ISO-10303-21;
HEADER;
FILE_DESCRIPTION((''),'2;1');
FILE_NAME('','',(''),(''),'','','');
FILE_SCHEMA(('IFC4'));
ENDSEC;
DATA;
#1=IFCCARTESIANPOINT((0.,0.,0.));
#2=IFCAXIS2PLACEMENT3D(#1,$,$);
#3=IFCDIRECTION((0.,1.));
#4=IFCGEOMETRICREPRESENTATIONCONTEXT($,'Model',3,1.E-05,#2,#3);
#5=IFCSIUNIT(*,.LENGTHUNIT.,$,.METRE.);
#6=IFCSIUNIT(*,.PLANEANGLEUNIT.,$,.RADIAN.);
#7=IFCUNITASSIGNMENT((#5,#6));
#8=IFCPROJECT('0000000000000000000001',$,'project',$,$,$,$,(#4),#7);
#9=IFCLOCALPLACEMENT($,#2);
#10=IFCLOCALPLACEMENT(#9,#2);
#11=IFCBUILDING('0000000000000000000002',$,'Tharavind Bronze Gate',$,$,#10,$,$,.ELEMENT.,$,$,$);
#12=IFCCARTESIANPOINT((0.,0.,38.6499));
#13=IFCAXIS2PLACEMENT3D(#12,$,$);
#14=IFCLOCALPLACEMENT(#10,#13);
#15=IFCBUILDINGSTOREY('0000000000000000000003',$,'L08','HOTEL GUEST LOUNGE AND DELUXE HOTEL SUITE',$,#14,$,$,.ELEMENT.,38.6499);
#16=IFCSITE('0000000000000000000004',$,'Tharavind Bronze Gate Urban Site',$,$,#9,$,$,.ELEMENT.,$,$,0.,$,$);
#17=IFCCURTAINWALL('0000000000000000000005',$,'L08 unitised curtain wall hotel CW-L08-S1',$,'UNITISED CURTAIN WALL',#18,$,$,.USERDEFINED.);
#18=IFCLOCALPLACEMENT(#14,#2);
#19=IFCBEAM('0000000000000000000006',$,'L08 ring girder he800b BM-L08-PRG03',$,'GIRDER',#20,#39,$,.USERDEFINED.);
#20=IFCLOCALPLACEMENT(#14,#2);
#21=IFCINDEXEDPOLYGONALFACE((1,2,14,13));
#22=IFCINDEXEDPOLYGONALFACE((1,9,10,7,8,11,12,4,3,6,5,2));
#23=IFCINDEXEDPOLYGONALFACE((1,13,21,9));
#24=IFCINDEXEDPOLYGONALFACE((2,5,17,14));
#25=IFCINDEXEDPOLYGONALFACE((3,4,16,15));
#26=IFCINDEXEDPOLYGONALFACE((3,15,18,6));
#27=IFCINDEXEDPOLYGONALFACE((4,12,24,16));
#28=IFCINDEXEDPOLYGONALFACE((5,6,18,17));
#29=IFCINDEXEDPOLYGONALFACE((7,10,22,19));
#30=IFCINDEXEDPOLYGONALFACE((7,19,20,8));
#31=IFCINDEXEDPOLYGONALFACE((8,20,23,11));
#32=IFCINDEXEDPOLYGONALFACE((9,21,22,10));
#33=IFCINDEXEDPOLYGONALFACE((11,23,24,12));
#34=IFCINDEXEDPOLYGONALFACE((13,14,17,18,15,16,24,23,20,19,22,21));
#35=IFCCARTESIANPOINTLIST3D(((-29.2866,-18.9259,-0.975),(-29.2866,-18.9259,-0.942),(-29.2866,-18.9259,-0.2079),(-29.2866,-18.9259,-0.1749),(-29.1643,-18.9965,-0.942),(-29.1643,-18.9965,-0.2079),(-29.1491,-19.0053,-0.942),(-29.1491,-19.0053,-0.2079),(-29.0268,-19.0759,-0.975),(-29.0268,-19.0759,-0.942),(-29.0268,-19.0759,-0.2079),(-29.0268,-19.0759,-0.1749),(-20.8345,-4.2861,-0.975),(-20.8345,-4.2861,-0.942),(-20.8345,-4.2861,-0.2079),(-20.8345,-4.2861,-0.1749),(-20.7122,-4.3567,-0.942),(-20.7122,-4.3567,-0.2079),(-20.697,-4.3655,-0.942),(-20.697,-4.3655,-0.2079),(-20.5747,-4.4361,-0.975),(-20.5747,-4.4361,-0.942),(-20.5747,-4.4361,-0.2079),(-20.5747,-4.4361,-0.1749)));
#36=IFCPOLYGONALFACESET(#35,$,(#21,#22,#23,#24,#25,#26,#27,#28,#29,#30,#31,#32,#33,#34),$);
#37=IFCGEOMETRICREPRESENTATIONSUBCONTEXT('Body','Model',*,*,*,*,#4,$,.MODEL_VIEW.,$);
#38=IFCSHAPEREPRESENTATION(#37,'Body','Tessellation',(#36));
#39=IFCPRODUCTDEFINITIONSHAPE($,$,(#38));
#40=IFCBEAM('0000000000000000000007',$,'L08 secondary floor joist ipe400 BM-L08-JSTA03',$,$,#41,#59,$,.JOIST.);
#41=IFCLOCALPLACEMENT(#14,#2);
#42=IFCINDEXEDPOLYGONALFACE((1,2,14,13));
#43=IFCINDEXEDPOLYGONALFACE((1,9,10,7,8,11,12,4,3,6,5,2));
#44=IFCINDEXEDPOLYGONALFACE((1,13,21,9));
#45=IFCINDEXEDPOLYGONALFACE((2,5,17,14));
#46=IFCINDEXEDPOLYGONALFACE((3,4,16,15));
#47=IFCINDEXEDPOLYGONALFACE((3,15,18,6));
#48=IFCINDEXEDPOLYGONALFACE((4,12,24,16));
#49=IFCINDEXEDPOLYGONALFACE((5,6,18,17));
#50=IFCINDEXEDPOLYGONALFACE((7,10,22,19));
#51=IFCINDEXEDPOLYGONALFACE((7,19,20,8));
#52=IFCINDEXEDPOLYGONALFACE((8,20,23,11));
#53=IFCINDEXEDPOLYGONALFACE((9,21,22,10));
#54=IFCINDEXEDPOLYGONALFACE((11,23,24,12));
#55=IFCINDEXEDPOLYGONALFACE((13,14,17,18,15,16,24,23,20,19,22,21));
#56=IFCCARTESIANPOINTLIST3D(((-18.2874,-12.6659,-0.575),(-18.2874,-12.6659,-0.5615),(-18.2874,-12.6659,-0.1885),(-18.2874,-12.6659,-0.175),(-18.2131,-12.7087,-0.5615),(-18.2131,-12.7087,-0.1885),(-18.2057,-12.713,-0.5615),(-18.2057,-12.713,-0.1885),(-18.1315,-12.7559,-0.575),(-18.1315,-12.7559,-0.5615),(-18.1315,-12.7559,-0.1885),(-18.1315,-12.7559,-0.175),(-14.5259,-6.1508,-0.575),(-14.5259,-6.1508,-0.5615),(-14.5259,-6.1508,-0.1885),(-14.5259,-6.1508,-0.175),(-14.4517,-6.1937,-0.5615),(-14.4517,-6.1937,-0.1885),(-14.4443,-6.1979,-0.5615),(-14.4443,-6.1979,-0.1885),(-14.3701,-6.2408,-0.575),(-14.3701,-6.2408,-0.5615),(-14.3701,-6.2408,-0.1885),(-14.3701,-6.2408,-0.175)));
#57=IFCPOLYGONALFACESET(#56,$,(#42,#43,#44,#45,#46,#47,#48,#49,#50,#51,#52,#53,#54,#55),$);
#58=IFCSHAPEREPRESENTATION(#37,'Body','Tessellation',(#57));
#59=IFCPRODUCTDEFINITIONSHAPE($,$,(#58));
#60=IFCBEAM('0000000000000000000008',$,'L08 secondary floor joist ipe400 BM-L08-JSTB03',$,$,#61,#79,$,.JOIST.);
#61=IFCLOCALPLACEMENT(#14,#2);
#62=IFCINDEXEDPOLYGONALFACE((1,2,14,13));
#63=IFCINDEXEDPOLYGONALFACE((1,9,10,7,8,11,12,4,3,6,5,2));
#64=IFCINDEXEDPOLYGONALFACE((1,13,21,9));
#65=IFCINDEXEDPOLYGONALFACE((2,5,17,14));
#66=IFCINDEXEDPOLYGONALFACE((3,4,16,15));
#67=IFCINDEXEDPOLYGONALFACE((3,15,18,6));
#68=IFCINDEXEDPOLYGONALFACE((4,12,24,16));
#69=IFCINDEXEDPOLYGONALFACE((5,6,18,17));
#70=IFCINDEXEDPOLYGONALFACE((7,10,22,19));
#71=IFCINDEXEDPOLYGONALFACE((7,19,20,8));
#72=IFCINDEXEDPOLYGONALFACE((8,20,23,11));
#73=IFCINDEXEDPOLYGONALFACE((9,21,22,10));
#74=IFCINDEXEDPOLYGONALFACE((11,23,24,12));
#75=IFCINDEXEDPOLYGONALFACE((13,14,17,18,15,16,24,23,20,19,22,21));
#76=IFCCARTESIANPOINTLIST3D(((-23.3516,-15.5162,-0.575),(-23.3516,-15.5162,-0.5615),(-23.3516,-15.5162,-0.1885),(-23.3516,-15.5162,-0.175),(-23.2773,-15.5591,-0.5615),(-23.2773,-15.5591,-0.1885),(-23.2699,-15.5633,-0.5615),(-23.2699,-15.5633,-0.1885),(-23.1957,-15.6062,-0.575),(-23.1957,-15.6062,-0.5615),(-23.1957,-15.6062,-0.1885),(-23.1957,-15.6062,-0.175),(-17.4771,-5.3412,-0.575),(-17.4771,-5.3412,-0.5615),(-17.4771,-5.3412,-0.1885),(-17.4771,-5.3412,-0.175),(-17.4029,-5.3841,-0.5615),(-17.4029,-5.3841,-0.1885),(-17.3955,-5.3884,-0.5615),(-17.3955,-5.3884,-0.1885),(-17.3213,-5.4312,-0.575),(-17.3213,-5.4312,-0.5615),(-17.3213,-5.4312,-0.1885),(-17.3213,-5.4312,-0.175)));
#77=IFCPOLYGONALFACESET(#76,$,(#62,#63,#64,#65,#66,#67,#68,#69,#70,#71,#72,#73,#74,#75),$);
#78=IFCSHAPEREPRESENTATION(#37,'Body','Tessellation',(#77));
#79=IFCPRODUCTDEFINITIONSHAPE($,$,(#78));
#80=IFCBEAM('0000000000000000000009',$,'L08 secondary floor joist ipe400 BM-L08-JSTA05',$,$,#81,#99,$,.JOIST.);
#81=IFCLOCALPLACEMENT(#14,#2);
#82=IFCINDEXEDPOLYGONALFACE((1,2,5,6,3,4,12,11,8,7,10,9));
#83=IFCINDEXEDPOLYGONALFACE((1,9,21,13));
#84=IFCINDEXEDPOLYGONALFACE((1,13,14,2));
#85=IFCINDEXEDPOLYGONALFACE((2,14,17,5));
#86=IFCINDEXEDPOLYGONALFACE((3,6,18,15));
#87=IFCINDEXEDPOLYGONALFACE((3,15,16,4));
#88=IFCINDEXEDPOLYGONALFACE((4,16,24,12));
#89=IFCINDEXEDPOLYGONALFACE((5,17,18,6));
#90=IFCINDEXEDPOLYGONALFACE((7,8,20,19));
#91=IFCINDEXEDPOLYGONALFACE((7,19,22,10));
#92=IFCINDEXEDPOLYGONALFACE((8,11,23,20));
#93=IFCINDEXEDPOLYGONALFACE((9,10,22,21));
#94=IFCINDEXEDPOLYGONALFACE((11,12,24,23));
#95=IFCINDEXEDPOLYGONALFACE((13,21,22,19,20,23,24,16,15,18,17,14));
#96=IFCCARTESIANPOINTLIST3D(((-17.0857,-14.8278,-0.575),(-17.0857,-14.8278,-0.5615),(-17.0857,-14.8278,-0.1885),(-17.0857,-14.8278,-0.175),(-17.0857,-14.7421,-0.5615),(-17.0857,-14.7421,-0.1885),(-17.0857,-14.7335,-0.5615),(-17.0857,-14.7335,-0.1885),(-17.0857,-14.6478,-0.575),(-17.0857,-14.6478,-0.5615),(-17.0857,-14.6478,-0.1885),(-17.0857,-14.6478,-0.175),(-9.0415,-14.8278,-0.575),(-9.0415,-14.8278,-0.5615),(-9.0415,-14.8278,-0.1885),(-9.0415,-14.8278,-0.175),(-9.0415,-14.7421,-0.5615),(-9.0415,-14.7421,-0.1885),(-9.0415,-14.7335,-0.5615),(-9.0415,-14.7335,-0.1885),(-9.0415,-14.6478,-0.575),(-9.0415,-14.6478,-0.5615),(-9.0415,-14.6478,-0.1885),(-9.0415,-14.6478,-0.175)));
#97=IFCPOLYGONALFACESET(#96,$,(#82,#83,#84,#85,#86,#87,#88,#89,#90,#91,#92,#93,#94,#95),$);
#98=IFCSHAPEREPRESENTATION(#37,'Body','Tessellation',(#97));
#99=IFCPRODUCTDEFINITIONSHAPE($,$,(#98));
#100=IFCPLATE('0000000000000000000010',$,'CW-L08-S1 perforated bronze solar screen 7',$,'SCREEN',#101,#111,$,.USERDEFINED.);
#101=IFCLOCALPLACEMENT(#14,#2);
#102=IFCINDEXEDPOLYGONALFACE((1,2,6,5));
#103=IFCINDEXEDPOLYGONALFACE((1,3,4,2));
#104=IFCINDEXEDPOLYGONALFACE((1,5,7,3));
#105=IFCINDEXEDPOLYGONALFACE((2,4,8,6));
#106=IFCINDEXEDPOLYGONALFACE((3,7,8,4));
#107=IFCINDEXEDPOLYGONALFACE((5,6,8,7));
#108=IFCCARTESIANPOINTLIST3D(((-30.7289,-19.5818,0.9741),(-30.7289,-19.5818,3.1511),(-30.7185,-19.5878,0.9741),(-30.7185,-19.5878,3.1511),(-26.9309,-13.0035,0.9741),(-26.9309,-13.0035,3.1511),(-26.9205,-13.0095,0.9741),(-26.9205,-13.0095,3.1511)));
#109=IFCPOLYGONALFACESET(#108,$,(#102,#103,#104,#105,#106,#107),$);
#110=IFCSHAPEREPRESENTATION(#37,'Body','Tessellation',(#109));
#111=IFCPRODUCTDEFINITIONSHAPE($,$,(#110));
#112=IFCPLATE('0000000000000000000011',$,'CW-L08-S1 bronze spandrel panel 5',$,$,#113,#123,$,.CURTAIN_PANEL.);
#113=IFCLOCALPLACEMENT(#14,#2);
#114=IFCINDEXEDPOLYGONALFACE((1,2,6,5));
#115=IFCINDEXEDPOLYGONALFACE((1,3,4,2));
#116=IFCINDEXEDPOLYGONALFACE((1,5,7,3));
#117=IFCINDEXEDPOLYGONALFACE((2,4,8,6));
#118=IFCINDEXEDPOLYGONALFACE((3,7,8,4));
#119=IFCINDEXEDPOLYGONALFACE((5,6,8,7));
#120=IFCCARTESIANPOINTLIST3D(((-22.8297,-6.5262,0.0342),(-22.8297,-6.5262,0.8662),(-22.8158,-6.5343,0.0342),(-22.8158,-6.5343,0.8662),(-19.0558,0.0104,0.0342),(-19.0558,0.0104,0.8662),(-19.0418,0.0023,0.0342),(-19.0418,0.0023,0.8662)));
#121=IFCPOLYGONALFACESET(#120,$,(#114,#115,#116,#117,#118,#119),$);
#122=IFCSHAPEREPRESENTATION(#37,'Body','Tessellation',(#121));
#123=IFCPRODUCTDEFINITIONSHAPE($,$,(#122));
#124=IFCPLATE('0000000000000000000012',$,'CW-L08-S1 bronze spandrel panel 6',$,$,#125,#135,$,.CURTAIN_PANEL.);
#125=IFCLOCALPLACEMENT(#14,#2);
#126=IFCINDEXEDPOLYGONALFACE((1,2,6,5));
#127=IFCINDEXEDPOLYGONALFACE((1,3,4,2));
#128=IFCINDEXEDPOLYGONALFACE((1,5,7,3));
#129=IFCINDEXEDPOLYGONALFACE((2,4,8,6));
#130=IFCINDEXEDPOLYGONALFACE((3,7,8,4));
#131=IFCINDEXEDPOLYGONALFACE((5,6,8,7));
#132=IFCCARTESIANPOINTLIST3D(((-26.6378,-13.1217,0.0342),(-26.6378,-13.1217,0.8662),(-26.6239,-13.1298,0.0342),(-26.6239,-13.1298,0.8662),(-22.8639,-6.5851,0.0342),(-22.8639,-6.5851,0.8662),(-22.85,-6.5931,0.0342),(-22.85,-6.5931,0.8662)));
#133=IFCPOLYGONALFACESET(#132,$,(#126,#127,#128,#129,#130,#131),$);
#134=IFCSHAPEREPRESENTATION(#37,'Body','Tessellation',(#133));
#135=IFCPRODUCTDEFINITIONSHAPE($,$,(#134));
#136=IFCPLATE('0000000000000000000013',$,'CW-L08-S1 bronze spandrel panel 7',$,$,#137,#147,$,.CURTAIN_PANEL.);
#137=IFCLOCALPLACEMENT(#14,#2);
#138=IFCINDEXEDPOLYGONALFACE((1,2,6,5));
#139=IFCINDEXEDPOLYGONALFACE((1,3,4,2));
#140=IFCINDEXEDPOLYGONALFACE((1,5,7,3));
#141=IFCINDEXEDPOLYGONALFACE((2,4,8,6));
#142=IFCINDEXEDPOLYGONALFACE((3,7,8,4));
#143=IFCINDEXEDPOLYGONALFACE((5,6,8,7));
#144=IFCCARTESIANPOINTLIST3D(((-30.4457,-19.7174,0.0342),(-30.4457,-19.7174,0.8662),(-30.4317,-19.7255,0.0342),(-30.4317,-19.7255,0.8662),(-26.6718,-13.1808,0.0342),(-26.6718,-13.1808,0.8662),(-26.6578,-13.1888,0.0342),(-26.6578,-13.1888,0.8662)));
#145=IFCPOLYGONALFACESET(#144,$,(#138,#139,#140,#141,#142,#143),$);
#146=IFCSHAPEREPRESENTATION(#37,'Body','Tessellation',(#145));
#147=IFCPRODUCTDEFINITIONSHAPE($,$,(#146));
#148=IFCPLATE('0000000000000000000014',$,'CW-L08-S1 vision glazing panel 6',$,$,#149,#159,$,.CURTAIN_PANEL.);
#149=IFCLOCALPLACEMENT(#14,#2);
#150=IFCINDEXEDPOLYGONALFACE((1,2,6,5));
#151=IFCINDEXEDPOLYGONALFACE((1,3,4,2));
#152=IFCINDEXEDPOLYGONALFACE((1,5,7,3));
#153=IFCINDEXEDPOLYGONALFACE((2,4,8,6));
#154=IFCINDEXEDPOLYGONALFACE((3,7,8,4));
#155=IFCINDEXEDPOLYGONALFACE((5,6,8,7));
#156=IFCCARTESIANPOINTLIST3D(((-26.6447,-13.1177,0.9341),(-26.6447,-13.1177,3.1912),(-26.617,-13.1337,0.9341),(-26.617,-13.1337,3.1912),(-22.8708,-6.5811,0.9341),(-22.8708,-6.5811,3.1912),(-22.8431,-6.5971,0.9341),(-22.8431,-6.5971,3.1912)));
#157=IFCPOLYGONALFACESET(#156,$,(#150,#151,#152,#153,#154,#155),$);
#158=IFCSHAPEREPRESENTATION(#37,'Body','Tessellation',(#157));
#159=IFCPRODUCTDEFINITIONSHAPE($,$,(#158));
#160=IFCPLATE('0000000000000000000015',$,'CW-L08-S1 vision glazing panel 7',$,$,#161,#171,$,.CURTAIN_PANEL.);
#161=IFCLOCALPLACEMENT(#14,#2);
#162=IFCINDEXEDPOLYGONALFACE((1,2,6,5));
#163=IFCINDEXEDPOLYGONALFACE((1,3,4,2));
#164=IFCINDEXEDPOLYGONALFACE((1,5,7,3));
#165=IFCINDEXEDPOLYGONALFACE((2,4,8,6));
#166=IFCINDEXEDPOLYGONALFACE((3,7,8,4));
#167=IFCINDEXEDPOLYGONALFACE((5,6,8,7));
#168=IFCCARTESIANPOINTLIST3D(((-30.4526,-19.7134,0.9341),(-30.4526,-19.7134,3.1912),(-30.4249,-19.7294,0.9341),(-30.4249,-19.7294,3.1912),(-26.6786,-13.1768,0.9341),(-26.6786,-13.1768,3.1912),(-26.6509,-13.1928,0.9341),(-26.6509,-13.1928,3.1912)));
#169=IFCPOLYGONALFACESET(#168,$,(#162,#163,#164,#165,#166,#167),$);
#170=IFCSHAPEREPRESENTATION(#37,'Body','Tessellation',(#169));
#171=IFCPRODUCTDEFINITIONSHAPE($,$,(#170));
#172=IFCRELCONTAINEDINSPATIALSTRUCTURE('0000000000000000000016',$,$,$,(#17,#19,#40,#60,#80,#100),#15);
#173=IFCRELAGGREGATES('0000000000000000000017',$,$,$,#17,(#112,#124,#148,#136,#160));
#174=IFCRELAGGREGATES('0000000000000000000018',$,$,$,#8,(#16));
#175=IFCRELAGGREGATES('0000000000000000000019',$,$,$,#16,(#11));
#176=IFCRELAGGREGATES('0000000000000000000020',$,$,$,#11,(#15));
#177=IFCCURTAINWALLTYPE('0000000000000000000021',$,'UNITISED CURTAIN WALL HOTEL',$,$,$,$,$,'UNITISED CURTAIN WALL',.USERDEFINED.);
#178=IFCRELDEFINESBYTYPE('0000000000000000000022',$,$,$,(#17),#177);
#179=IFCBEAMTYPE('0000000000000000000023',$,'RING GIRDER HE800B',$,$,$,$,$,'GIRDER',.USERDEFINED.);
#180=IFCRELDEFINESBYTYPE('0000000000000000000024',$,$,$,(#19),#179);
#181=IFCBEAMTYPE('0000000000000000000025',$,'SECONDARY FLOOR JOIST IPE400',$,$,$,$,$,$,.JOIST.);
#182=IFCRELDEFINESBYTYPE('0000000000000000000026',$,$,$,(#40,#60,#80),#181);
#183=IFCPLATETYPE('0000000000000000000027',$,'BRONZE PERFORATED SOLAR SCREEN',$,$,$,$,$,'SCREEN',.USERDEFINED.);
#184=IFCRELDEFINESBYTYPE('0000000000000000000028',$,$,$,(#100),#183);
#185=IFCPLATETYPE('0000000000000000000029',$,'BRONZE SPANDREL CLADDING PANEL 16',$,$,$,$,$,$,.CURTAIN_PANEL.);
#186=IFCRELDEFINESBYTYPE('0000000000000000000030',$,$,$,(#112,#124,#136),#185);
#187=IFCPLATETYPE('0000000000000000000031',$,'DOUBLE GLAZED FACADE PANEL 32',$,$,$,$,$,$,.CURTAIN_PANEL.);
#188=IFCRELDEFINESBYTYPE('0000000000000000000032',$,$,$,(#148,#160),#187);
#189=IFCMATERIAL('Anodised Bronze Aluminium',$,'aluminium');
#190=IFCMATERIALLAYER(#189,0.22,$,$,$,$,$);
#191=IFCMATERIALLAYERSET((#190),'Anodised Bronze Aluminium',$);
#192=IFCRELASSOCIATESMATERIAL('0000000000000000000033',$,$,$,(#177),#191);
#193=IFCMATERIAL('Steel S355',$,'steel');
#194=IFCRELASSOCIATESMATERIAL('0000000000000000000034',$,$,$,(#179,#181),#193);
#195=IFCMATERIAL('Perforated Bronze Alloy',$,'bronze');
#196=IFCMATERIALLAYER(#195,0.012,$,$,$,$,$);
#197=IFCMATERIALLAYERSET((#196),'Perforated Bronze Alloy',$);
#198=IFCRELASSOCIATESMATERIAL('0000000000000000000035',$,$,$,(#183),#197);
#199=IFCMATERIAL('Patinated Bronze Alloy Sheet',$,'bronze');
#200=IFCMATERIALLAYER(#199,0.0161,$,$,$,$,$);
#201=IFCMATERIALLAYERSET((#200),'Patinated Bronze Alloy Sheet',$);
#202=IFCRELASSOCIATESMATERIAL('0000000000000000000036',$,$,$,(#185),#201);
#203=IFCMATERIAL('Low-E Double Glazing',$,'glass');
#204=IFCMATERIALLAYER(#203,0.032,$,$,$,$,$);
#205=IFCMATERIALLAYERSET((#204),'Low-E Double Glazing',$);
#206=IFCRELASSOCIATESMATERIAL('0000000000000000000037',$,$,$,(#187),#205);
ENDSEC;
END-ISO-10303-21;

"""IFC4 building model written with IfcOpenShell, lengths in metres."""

from ifc_helpers import new_model, si_unit, direction, frame, origin, origin_2d, place, context, subcontext, project, spatial, rectangle, i_section, extrude, material, layer, layer_set, material_profile, profile_set, type_object, element, aggregate, save


model = new_model("IFC4")

# Units and contexts
model_context = context("Model", 3, precision=1e-05, world=origin(), true_north=direction((0.0, 1.0)))
body_context = subcontext(model_context, "Body", "Model", "MODEL_VIEW")
ifc_project = project(units=[si_unit("LENGTHUNIT", "METRE"), si_unit("PLANEANGLEUNIT", "RADIAN")], contexts=[model_context])

# Site, building, storey
site_placement = place(None, origin())
site = spatial("IfcSite", under=ifc_project, at=site_placement, Name="Tharavind Bronze Gate Urban Site", CompositionType="ELEMENT", RefElevation=0.0)
building_placement = place(site_placement, origin())
building = spatial("IfcBuilding", under=site, at=building_placement, Name="Tharavind Bronze Gate", CompositionType="ELEMENT")
storey_placement = place(building_placement, frame((0.0, 0.0, 38.6499)))
storey = spatial("IfcBuildingStorey", under=building, at=storey_placement, Name="L08", Description="HOTEL GUEST LOUNGE AND DELUXE HOTEL SUITE", CompositionType="ELEMENT", Elevation=38.6499)

# Curtain wall
ifc_material_1 = material(Name="Anodised Bronze Aluminium", Category="aluminium")
ifc_layer_1 = layer(ifc_material_1, 0.22)
ifc_layer_set_1 = layer_set([ifc_layer_1], Name="Anodised Bronze Aluminium")
curtain_wall_type = type_object("IfcCurtainWallType", Name="UNITISED CURTAIN WALL HOTEL", ElementType="UNITISED CURTAIN WALL", PredefinedType="USERDEFINED", material=ifc_layer_set_1)
curtain_wall_placement = place(storey_placement, origin())
curtain_wall = element("IfcCurtainWall", 1, at=curtain_wall_placement, inside=storey, type_object=curtain_wall_type, Name="L08 unitised curtain wall hotel CW-L08-S1", ObjectType="UNITISED CURTAIN WALL", PredefinedType="USERDEFINED")

# Beams
ifc_material_2 = material(Name="Steel S355", Category="steel")
ifc_material_profile_1 = material_profile(ifc_material_2, i_section(OverallWidth=0.3, OverallDepth=0.8, WebThickness=0.0176, FlangeThickness=0.033, at=origin_2d()), Name="HE800B")
ifc_profile_set_1 = profile_set([ifc_material_profile_1], Name="Steel S355")
beam_type_1 = type_object("IfcBeamType", Name="RING GIRDER HE800B", ElementType="GIRDER", PredefinedType="USERDEFINED", material=ifc_profile_set_1)
beam_1_placement = place(storey_placement, frame((-20.7046, -4.3611, -0.575), z_axis=(-0.499991, -0.86603, 0.0), x_axis=(0.86603, -0.499991, 0.0)))
element("IfcBeam", 2, at=beam_1_placement, inside=storey, type_object=beam_type_1, Name="L08 ring girder he800b BM-L08-PRG03", ObjectType="GIRDER", PredefinedType="USERDEFINED", context=body_context, shape_type="SweptSolid", body=[
    extrude(i_section(OverallWidth=0.3, OverallDepth=0.8, WebThickness=0.0176, FlangeThickness=0.033, at=origin_2d()), origin(), (0.0, 0.0, 1.0), 16.9045),
])
ifc_material_profile_2 = material_profile(ifc_material_2, i_section(OverallWidth=0.1799, OverallDepth=0.3999, WebThickness=0.0085, FlangeThickness=0.0134, at=origin_2d()), Name="IPE400")
ifc_profile_set_2 = profile_set([ifc_material_profile_2], Name="Steel S355")
beam_type_2 = type_object("IfcBeamType", Name="SECONDARY FLOOR JOIST IPE400", PredefinedType="JOIST", material=ifc_profile_set_2)
beam_2_placement = place(storey_placement, frame((-14.448, -6.1958, -0.375), z_axis=(-0.499996, -0.866028, 0.0), x_axis=(0.866028, -0.499996, 0.0)))
element("IfcBeam", 3, at=beam_2_placement, inside=storey, type_object=beam_type_2, Name="L08 secondary floor joist ipe400 BM-L08-JSTA03", PredefinedType="JOIST", context=body_context, shape_type="SweptSolid", body=[
    extrude(i_section(OverallWidth=0.1799, OverallDepth=0.3999, WebThickness=0.0085, FlangeThickness=0.0134, at=origin_2d()), origin(), (0.0, 0.0, 1.0), 7.5229),
])
beam_3_placement = place(storey_placement, frame((-17.3992, -5.3862, -0.375), z_axis=(-0.499996, -0.866027, 0.0), x_axis=(0.866027, -0.499996, 0.0)))
element("IfcBeam", 4, at=beam_3_placement, inside=storey, type_object=beam_type_2, Name="L08 secondary floor joist ipe400 BM-L08-JSTB03", PredefinedType="JOIST", context=body_context, shape_type="SweptSolid", body=[
    extrude(i_section(OverallWidth=0.1799, OverallDepth=0.3999, WebThickness=0.0085, FlangeThickness=0.0134, at=origin_2d()), origin(), (0.0, 0.0, 1.0), 11.749),
])
beam_4_placement = place(storey_placement, frame((-17.0857, -14.7378, -0.375), z_axis=(1.0, 0.0, 0.0), x_axis=(0.0, 1.0, 0.0)))
element("IfcBeam", 5, at=beam_4_placement, inside=storey, type_object=beam_type_2, Name="L08 secondary floor joist ipe400 BM-L08-JSTA05", PredefinedType="JOIST", context=body_context, shape_type="SweptSolid", body=[
    extrude(i_section(OverallWidth=0.1799, OverallDepth=0.3999, WebThickness=0.0085, FlangeThickness=0.0134, at=origin_2d()), origin(), (0.0, 0.0, 1.0), 8.0442),
])

# Plates
ifc_material_3 = material(Name="Perforated Bronze Alloy", Category="bronze")
ifc_layer_2 = layer(ifc_material_3, 0.012)
ifc_layer_set_2 = layer_set([ifc_layer_2], Name="Perforated Bronze Alloy")
plate_type_1 = type_object("IfcPlateType", Name="BRONZE PERFORATED SOLAR SCREEN", ElementType="SCREEN", PredefinedType="USERDEFINED", material=ifc_layer_set_2)
plate_1_placement = place(storey_placement, frame((-28.8247, -16.2957, 0.9741), z_axis=(0.0, 0.0, 1.0), x_axis=(-0.500002, -0.866025, 0.0)))
element("IfcPlate", 6, at=plate_1_placement, inside=storey, type_object=plate_type_1, Name="CW-L08-S1 perforated bronze solar screen 7", ObjectType="SCREEN", PredefinedType="USERDEFINED", context=body_context, shape_type="SweptSolid", body=[
    extrude(rectangle(XDim=7.5959, YDim=0.012, at=origin_2d()), origin(), (0.0, 0.0, 1.0), 2.177),
])
ifc_material_4 = material(Name="Patinated Bronze Alloy Sheet", Category="bronze")
ifc_layer_3 = layer(ifc_material_4, 0.0161)
ifc_layer_set_3 = layer_set([ifc_layer_3], Name="Patinated Bronze Alloy Sheet")
plate_type_2 = type_object("IfcPlateType", Name="BRONZE SPANDREL CLADDING PANEL 16", PredefinedType="CURTAIN_PANEL", material=ifc_layer_set_3)
plate_2_placement = place(storey_placement, frame((-20.9358, -3.262, 0.0342), z_axis=(0.0, 0.0, 1.0), x_axis=(-0.500002, -0.866025, 0.0)))
plate_2 = element("IfcPlate", 7, at=plate_2_placement, type_object=plate_type_2, Name="CW-L08-S1 bronze spandrel panel 5", PredefinedType="CURTAIN_PANEL", context=body_context, shape_type="SweptSolid", body=[
    extrude(rectangle(XDim=7.5479, YDim=0.0161, at=origin_2d()), origin(), (0.0, 0.0, 1.0), 0.832),
])
plate_3_placement = place(storey_placement, frame((-24.7439, -9.8574, 0.0342), z_axis=(0.0, 0.0, 1.0), x_axis=(-0.500002, -0.866025, 0.0)))
plate_3 = element("IfcPlate", 8, at=plate_3_placement, type_object=plate_type_2, Name="CW-L08-S1 bronze spandrel panel 6", PredefinedType="CURTAIN_PANEL", context=body_context, shape_type="SweptSolid", body=[
    extrude(rectangle(XDim=7.5479, YDim=0.0161, at=origin_2d()), origin(), (0.0, 0.0, 1.0), 0.832),
])
plate_4_placement = place(storey_placement, frame((-28.5518, -16.4531, 0.0342), z_axis=(0.0, 0.0, 1.0), x_axis=(-0.500002, -0.866025, 0.0)))
plate_4 = element("IfcPlate", 9, at=plate_4_placement, type_object=plate_type_2, Name="CW-L08-S1 bronze spandrel panel 7", PredefinedType="CURTAIN_PANEL", context=body_context, shape_type="SweptSolid", body=[
    extrude(rectangle(XDim=7.5479, YDim=0.0161, at=origin_2d()), origin(), (0.0, 0.0, 1.0), 0.832),
])
ifc_material_5 = material(Name="Low-E Double Glazing", Category="glass")
ifc_layer_4 = layer(ifc_material_5, 0.032)
ifc_layer_set_4 = layer_set([ifc_layer_4], Name="Low-E Double Glazing")
plate_type_3 = type_object("IfcPlateType", Name="DOUBLE GLAZED FACADE PANEL 32", PredefinedType="CURTAIN_PANEL", material=ifc_layer_set_4)
plate_5_placement = place(storey_placement, frame((-24.7439, -9.8574, 0.9341), z_axis=(0.0, 0.0, 1.0), x_axis=(-0.500002, -0.866025, 0.0)))
plate_5 = element("IfcPlate", 10, at=plate_5_placement, type_object=plate_type_3, Name="CW-L08-S1 vision glazing panel 6", PredefinedType="CURTAIN_PANEL", context=body_context, shape_type="SweptSolid", body=[
    extrude(rectangle(XDim=7.5479, YDim=0.032, at=origin_2d()), origin(), (0.0, 0.0, 1.0), 2.2571),
])
plate_6_placement = place(storey_placement, frame((-28.5518, -16.4531, 0.9341), z_axis=(0.0, 0.0, 1.0), x_axis=(-0.500002, -0.866025, 0.0)))
plate_6 = element("IfcPlate", 11, at=plate_6_placement, type_object=plate_type_3, Name="CW-L08-S1 vision glazing panel 7", PredefinedType="CURTAIN_PANEL", context=body_context, shape_type="SweptSolid", body=[
    extrude(rectangle(XDim=7.5479, YDim=0.032, at=origin_2d()), origin(), (0.0, 0.0, 1.0), 2.2571),
])
aggregate(curtain_wall, [plate_2, plate_3, plate_5, plate_4, plate_6])

save(model, "model.ifc")
